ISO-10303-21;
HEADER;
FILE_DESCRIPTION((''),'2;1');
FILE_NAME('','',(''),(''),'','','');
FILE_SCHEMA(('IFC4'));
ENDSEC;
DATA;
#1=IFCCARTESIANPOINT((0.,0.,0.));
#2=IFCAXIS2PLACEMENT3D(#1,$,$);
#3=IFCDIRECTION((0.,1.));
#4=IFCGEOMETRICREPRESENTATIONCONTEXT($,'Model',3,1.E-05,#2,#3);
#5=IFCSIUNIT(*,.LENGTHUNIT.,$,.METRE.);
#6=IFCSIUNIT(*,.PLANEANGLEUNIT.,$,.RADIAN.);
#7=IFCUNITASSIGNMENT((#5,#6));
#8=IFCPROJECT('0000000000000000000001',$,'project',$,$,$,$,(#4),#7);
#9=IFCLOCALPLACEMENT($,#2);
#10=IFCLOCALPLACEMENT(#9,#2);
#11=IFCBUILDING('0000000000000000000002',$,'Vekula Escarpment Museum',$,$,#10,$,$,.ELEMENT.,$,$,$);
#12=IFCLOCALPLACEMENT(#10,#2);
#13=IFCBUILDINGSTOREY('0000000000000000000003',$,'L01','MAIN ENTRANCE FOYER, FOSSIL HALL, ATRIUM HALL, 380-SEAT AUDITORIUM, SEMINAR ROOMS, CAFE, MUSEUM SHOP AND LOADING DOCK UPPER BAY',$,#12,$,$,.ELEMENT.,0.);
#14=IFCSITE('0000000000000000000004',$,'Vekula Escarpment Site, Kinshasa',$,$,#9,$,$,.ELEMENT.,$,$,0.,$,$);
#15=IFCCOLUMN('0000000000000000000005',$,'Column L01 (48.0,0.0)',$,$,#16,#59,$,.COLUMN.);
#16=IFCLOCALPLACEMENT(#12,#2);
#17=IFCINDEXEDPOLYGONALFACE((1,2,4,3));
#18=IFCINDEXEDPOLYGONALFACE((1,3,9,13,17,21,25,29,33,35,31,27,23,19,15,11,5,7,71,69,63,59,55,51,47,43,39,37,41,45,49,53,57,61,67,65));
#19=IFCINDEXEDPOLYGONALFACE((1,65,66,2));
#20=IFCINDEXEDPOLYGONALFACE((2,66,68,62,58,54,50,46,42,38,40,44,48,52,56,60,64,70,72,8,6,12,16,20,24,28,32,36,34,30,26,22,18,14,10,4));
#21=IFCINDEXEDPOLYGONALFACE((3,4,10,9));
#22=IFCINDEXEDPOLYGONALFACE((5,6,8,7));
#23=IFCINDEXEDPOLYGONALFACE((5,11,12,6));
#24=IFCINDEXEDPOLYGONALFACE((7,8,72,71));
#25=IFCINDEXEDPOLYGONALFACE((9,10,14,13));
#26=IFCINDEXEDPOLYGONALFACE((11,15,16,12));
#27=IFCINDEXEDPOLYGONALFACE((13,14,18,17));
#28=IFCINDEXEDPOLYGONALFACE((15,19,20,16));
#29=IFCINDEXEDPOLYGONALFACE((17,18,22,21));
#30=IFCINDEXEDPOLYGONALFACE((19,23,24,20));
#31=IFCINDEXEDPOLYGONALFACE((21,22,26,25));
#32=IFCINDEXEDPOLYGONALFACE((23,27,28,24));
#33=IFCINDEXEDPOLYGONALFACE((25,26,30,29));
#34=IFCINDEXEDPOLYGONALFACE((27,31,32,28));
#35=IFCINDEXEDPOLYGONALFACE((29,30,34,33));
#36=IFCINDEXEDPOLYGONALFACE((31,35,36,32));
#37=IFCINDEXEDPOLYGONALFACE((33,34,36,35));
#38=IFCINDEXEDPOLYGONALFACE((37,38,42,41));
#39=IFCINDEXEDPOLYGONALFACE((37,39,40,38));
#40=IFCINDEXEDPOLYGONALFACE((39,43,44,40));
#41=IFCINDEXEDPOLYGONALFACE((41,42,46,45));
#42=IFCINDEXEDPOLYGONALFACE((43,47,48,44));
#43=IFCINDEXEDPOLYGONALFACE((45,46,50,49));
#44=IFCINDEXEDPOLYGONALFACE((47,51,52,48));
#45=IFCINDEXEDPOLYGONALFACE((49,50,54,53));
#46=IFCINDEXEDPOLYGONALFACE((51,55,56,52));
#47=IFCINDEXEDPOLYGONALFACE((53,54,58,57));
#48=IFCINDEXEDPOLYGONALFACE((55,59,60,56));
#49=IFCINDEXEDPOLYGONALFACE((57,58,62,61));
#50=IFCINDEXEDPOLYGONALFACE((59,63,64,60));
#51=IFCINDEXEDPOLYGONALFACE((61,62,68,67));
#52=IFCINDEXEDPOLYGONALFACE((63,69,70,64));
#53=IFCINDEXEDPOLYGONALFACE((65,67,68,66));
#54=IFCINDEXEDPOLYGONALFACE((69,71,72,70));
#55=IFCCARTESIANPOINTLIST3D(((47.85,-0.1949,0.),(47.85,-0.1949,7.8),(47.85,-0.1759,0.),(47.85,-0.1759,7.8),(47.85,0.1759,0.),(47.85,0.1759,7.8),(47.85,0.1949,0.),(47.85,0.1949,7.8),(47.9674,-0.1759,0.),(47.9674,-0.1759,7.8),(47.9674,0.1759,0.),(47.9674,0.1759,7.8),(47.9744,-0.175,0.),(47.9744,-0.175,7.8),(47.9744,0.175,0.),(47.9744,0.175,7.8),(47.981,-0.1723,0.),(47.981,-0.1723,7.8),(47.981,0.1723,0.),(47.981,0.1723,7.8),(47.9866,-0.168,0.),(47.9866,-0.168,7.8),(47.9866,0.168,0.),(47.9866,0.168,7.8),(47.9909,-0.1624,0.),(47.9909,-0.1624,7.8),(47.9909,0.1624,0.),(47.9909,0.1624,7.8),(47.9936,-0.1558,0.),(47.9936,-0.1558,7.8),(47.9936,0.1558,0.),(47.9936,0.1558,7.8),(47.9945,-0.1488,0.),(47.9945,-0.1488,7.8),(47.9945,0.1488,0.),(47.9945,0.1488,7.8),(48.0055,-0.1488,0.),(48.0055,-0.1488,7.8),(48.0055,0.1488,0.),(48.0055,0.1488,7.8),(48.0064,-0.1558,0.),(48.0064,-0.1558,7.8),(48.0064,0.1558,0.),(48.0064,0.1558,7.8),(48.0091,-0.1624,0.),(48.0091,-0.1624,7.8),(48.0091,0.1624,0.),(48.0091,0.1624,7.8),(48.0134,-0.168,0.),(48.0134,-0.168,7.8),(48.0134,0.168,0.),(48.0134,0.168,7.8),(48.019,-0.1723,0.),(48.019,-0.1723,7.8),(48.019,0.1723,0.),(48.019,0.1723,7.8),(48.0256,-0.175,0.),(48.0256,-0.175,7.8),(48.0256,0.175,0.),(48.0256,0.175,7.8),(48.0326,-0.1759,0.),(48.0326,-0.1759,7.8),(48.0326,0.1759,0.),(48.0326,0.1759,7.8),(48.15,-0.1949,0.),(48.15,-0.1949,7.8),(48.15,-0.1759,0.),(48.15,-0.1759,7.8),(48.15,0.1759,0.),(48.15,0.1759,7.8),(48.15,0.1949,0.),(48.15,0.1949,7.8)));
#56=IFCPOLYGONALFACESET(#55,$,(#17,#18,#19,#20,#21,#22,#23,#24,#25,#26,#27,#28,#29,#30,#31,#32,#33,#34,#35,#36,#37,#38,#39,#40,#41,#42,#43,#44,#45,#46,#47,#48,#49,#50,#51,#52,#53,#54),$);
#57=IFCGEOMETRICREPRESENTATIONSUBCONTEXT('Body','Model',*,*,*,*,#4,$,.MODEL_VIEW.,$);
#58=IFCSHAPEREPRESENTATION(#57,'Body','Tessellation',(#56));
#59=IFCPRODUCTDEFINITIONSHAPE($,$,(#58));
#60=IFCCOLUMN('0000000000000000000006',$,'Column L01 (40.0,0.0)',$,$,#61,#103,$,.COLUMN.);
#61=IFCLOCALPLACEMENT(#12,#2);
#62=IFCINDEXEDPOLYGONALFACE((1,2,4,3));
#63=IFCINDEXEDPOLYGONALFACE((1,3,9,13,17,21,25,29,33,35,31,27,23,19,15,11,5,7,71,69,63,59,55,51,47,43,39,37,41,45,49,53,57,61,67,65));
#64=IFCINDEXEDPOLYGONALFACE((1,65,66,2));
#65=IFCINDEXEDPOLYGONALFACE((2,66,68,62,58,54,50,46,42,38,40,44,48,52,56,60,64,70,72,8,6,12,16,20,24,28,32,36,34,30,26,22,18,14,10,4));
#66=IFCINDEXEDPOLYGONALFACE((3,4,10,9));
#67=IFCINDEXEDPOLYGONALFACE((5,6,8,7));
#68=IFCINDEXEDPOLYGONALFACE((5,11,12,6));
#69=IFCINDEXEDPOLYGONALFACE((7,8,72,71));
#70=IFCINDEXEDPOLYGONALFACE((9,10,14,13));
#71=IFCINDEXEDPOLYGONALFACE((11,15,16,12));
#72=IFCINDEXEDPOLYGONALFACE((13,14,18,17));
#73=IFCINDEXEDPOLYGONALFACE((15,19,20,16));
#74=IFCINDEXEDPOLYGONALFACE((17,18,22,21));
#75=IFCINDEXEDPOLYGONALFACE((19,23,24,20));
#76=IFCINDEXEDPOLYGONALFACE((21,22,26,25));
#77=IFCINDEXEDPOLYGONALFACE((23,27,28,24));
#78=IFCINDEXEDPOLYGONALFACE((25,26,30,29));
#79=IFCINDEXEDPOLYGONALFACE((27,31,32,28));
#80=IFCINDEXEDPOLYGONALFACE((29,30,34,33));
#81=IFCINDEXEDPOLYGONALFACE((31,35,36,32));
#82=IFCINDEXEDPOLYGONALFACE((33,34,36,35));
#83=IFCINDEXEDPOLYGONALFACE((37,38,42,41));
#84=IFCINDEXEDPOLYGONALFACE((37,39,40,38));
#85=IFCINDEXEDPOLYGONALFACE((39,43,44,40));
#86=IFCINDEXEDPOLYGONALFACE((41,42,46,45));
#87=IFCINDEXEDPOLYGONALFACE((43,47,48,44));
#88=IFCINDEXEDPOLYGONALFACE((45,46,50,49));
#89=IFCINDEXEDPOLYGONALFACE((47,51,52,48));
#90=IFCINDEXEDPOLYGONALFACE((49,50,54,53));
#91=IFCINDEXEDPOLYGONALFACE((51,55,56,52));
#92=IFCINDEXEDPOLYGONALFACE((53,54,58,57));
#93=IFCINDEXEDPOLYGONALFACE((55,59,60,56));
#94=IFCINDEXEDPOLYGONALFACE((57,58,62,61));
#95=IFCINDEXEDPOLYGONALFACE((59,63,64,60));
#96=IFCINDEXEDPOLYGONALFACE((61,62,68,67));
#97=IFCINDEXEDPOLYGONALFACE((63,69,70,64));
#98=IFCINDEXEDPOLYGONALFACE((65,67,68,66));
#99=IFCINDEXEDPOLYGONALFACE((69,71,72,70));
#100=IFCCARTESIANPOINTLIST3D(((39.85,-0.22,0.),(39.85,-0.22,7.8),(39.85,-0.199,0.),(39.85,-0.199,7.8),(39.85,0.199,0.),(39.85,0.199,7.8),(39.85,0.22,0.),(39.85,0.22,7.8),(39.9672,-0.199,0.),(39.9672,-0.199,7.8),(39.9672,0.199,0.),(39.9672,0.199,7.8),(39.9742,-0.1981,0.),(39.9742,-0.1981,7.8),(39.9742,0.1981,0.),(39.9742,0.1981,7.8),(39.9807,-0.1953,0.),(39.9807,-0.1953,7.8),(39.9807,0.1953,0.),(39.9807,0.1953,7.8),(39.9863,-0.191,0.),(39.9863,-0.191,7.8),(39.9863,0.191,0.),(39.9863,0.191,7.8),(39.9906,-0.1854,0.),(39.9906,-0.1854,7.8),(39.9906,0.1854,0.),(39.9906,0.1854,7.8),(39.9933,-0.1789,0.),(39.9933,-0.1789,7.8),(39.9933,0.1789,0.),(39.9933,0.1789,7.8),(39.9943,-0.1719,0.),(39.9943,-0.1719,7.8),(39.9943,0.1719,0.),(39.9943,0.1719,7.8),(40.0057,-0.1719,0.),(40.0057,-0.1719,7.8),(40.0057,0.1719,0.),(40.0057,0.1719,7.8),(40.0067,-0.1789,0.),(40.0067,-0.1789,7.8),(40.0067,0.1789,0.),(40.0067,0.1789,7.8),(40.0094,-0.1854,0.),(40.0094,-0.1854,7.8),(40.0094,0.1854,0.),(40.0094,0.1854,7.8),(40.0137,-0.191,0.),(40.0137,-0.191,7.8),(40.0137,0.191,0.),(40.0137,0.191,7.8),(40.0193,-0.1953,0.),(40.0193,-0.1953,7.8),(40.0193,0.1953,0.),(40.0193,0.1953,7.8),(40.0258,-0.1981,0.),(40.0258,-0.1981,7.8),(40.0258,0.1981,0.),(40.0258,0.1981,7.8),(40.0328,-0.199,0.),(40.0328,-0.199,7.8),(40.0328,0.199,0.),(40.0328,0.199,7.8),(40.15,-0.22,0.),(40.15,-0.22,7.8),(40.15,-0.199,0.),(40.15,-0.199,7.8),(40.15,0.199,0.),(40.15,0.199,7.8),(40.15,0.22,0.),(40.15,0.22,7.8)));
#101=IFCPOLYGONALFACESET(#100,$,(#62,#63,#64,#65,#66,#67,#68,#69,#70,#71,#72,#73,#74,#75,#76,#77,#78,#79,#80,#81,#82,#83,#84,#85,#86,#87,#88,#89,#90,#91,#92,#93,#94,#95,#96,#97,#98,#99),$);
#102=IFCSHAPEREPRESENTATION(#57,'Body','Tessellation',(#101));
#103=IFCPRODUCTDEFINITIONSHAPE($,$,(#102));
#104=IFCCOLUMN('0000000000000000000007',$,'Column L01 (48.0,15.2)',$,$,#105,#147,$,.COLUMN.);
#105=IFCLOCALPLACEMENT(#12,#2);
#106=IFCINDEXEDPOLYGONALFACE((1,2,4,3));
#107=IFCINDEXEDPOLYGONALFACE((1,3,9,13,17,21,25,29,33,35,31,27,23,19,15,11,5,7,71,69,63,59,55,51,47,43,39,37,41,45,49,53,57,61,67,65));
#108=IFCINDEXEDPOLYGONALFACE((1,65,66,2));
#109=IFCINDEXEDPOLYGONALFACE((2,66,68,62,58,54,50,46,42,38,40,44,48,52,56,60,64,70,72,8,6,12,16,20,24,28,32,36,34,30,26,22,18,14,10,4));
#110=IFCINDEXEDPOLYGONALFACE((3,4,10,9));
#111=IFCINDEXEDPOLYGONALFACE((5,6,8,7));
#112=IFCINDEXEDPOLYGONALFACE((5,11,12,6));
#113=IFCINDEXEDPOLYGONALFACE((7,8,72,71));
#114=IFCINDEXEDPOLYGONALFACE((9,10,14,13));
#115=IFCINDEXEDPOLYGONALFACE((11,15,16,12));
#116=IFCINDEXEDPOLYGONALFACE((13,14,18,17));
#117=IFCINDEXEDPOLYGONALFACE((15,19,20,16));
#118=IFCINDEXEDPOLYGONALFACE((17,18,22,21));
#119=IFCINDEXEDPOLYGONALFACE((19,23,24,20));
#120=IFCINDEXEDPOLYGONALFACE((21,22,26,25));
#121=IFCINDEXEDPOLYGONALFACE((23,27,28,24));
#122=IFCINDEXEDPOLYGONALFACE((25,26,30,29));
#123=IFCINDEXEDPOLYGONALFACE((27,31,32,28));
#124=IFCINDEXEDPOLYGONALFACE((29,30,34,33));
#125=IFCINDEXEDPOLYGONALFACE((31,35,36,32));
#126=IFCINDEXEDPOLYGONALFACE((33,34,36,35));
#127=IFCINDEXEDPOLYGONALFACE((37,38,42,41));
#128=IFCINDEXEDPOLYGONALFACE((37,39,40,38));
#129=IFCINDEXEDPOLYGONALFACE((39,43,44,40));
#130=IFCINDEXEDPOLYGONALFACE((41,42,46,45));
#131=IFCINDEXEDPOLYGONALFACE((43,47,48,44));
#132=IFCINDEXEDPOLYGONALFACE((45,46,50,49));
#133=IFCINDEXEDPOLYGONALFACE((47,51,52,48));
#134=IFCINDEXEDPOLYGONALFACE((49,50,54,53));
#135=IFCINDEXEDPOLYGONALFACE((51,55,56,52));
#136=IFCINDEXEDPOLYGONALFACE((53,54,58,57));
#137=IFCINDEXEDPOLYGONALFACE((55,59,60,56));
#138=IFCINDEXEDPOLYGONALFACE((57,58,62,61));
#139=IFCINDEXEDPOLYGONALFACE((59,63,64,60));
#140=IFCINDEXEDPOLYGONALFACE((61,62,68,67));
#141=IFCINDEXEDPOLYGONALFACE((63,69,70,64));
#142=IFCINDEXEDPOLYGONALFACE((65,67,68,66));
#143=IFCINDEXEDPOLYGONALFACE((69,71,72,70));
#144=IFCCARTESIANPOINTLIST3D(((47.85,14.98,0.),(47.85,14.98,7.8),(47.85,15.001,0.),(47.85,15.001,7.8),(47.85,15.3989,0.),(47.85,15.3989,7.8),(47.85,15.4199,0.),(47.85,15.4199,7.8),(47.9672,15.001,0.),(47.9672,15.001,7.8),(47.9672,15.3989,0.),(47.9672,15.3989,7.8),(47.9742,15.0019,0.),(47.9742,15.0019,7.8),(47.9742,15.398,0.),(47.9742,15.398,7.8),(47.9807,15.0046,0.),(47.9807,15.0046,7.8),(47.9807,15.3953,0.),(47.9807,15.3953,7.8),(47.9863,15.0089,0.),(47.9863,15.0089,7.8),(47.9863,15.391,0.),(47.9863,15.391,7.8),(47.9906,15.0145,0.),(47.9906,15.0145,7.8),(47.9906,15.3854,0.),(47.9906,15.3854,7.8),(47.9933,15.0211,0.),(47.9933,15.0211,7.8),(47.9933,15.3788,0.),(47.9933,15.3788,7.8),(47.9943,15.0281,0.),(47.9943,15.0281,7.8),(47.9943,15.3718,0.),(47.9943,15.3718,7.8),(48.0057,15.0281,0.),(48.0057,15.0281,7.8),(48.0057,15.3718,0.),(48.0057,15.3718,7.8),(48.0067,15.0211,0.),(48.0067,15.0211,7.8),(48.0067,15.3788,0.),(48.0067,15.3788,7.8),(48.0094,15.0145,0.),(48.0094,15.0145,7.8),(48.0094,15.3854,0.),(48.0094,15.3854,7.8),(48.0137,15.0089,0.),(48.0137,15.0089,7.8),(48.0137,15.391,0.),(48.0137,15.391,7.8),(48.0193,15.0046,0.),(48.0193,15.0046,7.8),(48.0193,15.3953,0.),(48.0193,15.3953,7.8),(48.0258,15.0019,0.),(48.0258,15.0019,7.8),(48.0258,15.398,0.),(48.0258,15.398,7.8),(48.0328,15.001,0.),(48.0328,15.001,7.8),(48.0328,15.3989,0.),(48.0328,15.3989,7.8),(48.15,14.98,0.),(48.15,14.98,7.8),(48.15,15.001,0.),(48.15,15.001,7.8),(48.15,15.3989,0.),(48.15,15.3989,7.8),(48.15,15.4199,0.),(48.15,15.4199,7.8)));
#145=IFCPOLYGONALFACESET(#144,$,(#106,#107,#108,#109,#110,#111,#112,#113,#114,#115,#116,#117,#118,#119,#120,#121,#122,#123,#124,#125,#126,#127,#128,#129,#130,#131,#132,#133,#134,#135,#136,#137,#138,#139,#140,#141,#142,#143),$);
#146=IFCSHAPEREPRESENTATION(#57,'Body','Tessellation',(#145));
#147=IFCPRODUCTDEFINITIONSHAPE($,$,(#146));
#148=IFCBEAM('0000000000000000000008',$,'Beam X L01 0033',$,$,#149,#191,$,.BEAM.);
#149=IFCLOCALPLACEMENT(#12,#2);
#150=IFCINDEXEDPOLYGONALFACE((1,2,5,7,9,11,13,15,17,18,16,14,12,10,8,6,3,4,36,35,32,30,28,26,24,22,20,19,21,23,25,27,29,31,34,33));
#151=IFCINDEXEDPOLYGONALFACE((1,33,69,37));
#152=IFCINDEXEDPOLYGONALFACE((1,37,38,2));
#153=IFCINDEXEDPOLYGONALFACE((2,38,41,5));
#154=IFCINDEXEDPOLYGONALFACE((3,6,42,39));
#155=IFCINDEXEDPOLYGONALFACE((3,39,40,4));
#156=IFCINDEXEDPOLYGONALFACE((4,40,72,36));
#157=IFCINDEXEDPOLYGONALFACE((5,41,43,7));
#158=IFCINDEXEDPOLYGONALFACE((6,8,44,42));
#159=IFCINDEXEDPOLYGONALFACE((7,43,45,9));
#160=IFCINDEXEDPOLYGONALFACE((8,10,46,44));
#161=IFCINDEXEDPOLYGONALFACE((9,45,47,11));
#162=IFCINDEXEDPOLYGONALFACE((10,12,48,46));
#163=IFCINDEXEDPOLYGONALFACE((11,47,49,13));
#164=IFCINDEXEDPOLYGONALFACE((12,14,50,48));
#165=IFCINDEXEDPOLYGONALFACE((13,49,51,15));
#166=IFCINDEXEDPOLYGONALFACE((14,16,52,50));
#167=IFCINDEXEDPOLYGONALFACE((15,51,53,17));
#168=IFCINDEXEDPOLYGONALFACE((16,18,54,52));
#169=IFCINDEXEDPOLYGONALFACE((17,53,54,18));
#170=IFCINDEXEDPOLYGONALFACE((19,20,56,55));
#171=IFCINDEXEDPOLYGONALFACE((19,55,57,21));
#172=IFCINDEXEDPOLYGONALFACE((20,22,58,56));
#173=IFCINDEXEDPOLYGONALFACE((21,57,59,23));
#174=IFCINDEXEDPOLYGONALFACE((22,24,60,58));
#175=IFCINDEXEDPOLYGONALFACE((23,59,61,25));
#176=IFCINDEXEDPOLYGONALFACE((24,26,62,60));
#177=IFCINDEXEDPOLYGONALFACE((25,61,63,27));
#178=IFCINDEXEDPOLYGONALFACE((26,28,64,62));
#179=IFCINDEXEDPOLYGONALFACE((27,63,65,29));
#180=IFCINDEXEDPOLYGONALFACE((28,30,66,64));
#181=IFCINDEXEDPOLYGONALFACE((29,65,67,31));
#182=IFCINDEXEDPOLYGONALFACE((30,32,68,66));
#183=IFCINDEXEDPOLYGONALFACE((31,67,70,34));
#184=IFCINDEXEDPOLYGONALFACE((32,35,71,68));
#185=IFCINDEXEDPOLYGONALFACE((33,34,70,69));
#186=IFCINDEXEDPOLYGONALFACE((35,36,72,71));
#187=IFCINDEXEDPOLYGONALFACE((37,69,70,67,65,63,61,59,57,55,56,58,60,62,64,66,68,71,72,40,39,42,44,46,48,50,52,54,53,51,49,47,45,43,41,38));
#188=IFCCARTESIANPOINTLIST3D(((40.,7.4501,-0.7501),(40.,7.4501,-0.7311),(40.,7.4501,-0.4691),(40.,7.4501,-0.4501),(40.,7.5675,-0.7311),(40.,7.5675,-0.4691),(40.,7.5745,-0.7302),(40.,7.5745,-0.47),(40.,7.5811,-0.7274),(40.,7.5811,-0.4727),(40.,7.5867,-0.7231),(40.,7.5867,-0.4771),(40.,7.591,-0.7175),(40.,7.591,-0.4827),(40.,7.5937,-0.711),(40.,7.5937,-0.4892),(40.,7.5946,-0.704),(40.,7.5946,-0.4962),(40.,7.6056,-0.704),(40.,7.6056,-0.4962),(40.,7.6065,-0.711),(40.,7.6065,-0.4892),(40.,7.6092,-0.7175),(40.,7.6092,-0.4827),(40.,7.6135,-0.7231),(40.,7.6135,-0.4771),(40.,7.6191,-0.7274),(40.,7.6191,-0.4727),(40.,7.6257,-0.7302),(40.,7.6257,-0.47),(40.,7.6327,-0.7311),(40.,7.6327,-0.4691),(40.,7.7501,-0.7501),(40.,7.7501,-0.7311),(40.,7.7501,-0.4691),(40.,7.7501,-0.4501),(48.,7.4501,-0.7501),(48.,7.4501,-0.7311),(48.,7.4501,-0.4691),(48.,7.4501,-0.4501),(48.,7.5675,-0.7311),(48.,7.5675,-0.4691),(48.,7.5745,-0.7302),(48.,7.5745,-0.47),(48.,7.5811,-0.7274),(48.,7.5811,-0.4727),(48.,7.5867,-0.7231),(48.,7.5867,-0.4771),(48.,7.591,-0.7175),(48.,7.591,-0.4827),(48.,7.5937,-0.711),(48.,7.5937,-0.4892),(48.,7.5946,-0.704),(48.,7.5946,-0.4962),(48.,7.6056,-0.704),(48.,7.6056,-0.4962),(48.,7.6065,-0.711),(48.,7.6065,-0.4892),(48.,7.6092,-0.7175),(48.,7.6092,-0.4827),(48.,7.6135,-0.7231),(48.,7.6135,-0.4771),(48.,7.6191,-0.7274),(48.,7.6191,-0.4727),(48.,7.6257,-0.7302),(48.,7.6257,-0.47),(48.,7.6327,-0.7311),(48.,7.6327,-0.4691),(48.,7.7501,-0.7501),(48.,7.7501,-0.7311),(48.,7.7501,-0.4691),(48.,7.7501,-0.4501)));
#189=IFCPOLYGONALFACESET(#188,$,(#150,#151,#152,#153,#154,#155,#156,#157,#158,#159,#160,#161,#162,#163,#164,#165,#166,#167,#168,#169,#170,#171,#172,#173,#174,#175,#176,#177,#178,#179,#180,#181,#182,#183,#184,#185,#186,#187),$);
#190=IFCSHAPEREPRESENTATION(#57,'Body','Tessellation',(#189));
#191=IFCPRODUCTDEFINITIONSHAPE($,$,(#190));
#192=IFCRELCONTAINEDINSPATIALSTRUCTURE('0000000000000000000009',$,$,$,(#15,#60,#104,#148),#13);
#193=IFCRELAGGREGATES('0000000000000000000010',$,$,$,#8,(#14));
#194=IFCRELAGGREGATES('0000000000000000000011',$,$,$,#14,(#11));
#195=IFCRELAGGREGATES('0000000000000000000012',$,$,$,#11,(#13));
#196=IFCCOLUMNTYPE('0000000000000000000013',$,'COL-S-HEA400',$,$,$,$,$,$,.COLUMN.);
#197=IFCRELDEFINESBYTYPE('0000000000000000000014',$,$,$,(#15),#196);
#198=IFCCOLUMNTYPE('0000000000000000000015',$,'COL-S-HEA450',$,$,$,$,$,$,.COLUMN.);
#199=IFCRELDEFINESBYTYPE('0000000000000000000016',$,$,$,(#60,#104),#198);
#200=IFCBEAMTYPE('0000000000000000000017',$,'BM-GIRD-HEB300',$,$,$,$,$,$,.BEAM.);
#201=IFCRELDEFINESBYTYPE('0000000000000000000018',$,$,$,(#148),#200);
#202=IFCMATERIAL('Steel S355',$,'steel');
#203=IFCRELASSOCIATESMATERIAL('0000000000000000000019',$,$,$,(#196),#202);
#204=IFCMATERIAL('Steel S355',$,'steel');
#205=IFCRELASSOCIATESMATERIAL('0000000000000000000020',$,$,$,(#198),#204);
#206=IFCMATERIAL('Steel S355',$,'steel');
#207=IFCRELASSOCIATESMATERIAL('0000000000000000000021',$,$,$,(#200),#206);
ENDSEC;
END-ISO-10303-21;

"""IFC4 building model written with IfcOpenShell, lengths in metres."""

from ifc_helpers import new_model, si_unit, direction, frame, origin, origin_2d, place, context, subcontext, project, spatial, i_section, extrude, material, material_profile, profile_set, type_object, element, save


model = new_model("IFC4")

# Units and contexts
model_context = context("Model", 3, precision=1e-05, world=origin(), true_north=direction((0.0, 1.0)))
body_context = subcontext(model_context, "Body", "Model", "MODEL_VIEW")
ifc_project = project(units=[si_unit("LENGTHUNIT", "METRE"), si_unit("PLANEANGLEUNIT", "RADIAN")], contexts=[model_context])

# Site, building, storey
site_placement = place(None, origin())
site = spatial("IfcSite", under=ifc_project, at=site_placement, Name="Vekula Escarpment Site, Kinshasa", CompositionType="ELEMENT", RefElevation=0.0)
building_placement = place(site_placement, origin())
building = spatial("IfcBuilding", under=site, at=building_placement, Name="Vekula Escarpment Museum", CompositionType="ELEMENT")
storey_placement = place(building_placement, origin())
storey = spatial("IfcBuildingStorey", under=building, at=storey_placement, Name="L01", Description="MAIN ENTRANCE FOYER, FOSSIL HALL, ATRIUM HALL, 380-SEAT AUDITORIUM, SEMINAR ROOMS, CAFE, MUSEUM SHOP AND LOADING DOCK UPPER BAY", CompositionType="ELEMENT", Elevation=0.0)

# Columns
ifc_material_1 = material(Name="Steel S355", Category="steel")
ifc_material_profile_1 = material_profile(ifc_material_1, i_section(OverallWidth=0.3, OverallDepth=0.3899, WebThickness=0.011, FlangeThickness=0.019, FilletRadius=0.0271, at=origin_2d()), Name="HEA 400")
ifc_profile_set_1 = profile_set([ifc_material_profile_1], Name="Steel S355")
column_type_1 = type_object("IfcColumnType", Name="COL-S-HEA400", PredefinedType="COLUMN", material=ifc_profile_set_1)
for number, where, z_axis, x_axis, name in (
    (1, (48.0, 0.0, 0.0), (0.0, 0.0, 1.0), (1.0, 0.0, 0.0), "Column L01 (48.0,0.0)"),
):
    element("IfcColumn", number, at=place(storey_placement, frame(where, z_axis=z_axis, x_axis=x_axis)), inside=storey, type_object=column_type_1, Name=name, PredefinedType="COLUMN", context=body_context, shape_type="SweptSolid", body=[
        extrude(i_section(OverallWidth=0.3, OverallDepth=0.3899, WebThickness=0.011, FlangeThickness=0.019, FilletRadius=0.0271, at=origin_2d()), origin(), (0.0, 0.0, 1.0), 7.8),
    ])
ifc_material_2 = material(Name="Steel S355", Category="steel")
ifc_material_profile_2 = material_profile(ifc_material_2, i_section(OverallWidth=0.3, OverallDepth=0.4399, WebThickness=0.0115, FlangeThickness=0.021, FilletRadius=0.0271, at=origin_2d()), Name="HEA 450")
ifc_profile_set_2 = profile_set([ifc_material_profile_2], Name="Steel S355")
column_type_2 = type_object("IfcColumnType", Name="COL-S-HEA450", PredefinedType="COLUMN", material=ifc_profile_set_2)
for number, where, z_axis, x_axis, name in (
    (2, (40.0, 0.0, 0.0), (0.0, 0.0, 1.0), (1.0, 0.0, 0.0), "Column L01 (40.0,0.0)"),
    (3, (48.0, 15.2, 0.0), (0.0, 0.0, 1.0), (1.0, 0.0, 0.0), "Column L01 (48.0,15.2)"),
):
    element("IfcColumn", number, at=place(storey_placement, frame(where, z_axis=z_axis, x_axis=x_axis)), inside=storey, type_object=column_type_2, Name=name, PredefinedType="COLUMN", context=body_context, shape_type="SweptSolid", body=[
        extrude(i_section(OverallWidth=0.3, OverallDepth=0.4399, WebThickness=0.0115, FlangeThickness=0.021, FilletRadius=0.0271, at=origin_2d()), origin(), (0.0, 0.0, 1.0), 7.8),
    ])

# Beam
ifc_material_3 = material(Name="Steel S355", Category="steel")
ifc_material_profile_3 = material_profile(ifc_material_3, i_section(OverallWidth=0.3, OverallDepth=0.3, WebThickness=0.011, FlangeThickness=0.019, FilletRadius=0.0271, at=origin_2d()), Name="HEB 300")
ifc_profile_set_3 = profile_set([ifc_material_profile_3], Name="Steel S355")
beam_type_1 = type_object("IfcBeamType", Name="BM-GIRD-HEB300", PredefinedType="BEAM", material=ifc_profile_set_3)
beam_1_placement = place(storey_placement, frame((40.0, 7.6001, -0.6001), z_axis=(1.0, 0.0, 0.0), x_axis=(0.0, 1.0, 0.0)))
element("IfcBeam", 4, at=beam_1_placement, inside=storey, type_object=beam_type_1, Name="Beam X L01 0033", PredefinedType="BEAM", context=body_context, shape_type="SweptSolid", body=[
    extrude(i_section(OverallWidth=0.3, OverallDepth=0.3, WebThickness=0.011, FlangeThickness=0.019, FilletRadius=0.0271, at=origin_2d()), origin(), (0.0, 0.0, 1.0), 8.0),
])

save(model, "model.ifc")
